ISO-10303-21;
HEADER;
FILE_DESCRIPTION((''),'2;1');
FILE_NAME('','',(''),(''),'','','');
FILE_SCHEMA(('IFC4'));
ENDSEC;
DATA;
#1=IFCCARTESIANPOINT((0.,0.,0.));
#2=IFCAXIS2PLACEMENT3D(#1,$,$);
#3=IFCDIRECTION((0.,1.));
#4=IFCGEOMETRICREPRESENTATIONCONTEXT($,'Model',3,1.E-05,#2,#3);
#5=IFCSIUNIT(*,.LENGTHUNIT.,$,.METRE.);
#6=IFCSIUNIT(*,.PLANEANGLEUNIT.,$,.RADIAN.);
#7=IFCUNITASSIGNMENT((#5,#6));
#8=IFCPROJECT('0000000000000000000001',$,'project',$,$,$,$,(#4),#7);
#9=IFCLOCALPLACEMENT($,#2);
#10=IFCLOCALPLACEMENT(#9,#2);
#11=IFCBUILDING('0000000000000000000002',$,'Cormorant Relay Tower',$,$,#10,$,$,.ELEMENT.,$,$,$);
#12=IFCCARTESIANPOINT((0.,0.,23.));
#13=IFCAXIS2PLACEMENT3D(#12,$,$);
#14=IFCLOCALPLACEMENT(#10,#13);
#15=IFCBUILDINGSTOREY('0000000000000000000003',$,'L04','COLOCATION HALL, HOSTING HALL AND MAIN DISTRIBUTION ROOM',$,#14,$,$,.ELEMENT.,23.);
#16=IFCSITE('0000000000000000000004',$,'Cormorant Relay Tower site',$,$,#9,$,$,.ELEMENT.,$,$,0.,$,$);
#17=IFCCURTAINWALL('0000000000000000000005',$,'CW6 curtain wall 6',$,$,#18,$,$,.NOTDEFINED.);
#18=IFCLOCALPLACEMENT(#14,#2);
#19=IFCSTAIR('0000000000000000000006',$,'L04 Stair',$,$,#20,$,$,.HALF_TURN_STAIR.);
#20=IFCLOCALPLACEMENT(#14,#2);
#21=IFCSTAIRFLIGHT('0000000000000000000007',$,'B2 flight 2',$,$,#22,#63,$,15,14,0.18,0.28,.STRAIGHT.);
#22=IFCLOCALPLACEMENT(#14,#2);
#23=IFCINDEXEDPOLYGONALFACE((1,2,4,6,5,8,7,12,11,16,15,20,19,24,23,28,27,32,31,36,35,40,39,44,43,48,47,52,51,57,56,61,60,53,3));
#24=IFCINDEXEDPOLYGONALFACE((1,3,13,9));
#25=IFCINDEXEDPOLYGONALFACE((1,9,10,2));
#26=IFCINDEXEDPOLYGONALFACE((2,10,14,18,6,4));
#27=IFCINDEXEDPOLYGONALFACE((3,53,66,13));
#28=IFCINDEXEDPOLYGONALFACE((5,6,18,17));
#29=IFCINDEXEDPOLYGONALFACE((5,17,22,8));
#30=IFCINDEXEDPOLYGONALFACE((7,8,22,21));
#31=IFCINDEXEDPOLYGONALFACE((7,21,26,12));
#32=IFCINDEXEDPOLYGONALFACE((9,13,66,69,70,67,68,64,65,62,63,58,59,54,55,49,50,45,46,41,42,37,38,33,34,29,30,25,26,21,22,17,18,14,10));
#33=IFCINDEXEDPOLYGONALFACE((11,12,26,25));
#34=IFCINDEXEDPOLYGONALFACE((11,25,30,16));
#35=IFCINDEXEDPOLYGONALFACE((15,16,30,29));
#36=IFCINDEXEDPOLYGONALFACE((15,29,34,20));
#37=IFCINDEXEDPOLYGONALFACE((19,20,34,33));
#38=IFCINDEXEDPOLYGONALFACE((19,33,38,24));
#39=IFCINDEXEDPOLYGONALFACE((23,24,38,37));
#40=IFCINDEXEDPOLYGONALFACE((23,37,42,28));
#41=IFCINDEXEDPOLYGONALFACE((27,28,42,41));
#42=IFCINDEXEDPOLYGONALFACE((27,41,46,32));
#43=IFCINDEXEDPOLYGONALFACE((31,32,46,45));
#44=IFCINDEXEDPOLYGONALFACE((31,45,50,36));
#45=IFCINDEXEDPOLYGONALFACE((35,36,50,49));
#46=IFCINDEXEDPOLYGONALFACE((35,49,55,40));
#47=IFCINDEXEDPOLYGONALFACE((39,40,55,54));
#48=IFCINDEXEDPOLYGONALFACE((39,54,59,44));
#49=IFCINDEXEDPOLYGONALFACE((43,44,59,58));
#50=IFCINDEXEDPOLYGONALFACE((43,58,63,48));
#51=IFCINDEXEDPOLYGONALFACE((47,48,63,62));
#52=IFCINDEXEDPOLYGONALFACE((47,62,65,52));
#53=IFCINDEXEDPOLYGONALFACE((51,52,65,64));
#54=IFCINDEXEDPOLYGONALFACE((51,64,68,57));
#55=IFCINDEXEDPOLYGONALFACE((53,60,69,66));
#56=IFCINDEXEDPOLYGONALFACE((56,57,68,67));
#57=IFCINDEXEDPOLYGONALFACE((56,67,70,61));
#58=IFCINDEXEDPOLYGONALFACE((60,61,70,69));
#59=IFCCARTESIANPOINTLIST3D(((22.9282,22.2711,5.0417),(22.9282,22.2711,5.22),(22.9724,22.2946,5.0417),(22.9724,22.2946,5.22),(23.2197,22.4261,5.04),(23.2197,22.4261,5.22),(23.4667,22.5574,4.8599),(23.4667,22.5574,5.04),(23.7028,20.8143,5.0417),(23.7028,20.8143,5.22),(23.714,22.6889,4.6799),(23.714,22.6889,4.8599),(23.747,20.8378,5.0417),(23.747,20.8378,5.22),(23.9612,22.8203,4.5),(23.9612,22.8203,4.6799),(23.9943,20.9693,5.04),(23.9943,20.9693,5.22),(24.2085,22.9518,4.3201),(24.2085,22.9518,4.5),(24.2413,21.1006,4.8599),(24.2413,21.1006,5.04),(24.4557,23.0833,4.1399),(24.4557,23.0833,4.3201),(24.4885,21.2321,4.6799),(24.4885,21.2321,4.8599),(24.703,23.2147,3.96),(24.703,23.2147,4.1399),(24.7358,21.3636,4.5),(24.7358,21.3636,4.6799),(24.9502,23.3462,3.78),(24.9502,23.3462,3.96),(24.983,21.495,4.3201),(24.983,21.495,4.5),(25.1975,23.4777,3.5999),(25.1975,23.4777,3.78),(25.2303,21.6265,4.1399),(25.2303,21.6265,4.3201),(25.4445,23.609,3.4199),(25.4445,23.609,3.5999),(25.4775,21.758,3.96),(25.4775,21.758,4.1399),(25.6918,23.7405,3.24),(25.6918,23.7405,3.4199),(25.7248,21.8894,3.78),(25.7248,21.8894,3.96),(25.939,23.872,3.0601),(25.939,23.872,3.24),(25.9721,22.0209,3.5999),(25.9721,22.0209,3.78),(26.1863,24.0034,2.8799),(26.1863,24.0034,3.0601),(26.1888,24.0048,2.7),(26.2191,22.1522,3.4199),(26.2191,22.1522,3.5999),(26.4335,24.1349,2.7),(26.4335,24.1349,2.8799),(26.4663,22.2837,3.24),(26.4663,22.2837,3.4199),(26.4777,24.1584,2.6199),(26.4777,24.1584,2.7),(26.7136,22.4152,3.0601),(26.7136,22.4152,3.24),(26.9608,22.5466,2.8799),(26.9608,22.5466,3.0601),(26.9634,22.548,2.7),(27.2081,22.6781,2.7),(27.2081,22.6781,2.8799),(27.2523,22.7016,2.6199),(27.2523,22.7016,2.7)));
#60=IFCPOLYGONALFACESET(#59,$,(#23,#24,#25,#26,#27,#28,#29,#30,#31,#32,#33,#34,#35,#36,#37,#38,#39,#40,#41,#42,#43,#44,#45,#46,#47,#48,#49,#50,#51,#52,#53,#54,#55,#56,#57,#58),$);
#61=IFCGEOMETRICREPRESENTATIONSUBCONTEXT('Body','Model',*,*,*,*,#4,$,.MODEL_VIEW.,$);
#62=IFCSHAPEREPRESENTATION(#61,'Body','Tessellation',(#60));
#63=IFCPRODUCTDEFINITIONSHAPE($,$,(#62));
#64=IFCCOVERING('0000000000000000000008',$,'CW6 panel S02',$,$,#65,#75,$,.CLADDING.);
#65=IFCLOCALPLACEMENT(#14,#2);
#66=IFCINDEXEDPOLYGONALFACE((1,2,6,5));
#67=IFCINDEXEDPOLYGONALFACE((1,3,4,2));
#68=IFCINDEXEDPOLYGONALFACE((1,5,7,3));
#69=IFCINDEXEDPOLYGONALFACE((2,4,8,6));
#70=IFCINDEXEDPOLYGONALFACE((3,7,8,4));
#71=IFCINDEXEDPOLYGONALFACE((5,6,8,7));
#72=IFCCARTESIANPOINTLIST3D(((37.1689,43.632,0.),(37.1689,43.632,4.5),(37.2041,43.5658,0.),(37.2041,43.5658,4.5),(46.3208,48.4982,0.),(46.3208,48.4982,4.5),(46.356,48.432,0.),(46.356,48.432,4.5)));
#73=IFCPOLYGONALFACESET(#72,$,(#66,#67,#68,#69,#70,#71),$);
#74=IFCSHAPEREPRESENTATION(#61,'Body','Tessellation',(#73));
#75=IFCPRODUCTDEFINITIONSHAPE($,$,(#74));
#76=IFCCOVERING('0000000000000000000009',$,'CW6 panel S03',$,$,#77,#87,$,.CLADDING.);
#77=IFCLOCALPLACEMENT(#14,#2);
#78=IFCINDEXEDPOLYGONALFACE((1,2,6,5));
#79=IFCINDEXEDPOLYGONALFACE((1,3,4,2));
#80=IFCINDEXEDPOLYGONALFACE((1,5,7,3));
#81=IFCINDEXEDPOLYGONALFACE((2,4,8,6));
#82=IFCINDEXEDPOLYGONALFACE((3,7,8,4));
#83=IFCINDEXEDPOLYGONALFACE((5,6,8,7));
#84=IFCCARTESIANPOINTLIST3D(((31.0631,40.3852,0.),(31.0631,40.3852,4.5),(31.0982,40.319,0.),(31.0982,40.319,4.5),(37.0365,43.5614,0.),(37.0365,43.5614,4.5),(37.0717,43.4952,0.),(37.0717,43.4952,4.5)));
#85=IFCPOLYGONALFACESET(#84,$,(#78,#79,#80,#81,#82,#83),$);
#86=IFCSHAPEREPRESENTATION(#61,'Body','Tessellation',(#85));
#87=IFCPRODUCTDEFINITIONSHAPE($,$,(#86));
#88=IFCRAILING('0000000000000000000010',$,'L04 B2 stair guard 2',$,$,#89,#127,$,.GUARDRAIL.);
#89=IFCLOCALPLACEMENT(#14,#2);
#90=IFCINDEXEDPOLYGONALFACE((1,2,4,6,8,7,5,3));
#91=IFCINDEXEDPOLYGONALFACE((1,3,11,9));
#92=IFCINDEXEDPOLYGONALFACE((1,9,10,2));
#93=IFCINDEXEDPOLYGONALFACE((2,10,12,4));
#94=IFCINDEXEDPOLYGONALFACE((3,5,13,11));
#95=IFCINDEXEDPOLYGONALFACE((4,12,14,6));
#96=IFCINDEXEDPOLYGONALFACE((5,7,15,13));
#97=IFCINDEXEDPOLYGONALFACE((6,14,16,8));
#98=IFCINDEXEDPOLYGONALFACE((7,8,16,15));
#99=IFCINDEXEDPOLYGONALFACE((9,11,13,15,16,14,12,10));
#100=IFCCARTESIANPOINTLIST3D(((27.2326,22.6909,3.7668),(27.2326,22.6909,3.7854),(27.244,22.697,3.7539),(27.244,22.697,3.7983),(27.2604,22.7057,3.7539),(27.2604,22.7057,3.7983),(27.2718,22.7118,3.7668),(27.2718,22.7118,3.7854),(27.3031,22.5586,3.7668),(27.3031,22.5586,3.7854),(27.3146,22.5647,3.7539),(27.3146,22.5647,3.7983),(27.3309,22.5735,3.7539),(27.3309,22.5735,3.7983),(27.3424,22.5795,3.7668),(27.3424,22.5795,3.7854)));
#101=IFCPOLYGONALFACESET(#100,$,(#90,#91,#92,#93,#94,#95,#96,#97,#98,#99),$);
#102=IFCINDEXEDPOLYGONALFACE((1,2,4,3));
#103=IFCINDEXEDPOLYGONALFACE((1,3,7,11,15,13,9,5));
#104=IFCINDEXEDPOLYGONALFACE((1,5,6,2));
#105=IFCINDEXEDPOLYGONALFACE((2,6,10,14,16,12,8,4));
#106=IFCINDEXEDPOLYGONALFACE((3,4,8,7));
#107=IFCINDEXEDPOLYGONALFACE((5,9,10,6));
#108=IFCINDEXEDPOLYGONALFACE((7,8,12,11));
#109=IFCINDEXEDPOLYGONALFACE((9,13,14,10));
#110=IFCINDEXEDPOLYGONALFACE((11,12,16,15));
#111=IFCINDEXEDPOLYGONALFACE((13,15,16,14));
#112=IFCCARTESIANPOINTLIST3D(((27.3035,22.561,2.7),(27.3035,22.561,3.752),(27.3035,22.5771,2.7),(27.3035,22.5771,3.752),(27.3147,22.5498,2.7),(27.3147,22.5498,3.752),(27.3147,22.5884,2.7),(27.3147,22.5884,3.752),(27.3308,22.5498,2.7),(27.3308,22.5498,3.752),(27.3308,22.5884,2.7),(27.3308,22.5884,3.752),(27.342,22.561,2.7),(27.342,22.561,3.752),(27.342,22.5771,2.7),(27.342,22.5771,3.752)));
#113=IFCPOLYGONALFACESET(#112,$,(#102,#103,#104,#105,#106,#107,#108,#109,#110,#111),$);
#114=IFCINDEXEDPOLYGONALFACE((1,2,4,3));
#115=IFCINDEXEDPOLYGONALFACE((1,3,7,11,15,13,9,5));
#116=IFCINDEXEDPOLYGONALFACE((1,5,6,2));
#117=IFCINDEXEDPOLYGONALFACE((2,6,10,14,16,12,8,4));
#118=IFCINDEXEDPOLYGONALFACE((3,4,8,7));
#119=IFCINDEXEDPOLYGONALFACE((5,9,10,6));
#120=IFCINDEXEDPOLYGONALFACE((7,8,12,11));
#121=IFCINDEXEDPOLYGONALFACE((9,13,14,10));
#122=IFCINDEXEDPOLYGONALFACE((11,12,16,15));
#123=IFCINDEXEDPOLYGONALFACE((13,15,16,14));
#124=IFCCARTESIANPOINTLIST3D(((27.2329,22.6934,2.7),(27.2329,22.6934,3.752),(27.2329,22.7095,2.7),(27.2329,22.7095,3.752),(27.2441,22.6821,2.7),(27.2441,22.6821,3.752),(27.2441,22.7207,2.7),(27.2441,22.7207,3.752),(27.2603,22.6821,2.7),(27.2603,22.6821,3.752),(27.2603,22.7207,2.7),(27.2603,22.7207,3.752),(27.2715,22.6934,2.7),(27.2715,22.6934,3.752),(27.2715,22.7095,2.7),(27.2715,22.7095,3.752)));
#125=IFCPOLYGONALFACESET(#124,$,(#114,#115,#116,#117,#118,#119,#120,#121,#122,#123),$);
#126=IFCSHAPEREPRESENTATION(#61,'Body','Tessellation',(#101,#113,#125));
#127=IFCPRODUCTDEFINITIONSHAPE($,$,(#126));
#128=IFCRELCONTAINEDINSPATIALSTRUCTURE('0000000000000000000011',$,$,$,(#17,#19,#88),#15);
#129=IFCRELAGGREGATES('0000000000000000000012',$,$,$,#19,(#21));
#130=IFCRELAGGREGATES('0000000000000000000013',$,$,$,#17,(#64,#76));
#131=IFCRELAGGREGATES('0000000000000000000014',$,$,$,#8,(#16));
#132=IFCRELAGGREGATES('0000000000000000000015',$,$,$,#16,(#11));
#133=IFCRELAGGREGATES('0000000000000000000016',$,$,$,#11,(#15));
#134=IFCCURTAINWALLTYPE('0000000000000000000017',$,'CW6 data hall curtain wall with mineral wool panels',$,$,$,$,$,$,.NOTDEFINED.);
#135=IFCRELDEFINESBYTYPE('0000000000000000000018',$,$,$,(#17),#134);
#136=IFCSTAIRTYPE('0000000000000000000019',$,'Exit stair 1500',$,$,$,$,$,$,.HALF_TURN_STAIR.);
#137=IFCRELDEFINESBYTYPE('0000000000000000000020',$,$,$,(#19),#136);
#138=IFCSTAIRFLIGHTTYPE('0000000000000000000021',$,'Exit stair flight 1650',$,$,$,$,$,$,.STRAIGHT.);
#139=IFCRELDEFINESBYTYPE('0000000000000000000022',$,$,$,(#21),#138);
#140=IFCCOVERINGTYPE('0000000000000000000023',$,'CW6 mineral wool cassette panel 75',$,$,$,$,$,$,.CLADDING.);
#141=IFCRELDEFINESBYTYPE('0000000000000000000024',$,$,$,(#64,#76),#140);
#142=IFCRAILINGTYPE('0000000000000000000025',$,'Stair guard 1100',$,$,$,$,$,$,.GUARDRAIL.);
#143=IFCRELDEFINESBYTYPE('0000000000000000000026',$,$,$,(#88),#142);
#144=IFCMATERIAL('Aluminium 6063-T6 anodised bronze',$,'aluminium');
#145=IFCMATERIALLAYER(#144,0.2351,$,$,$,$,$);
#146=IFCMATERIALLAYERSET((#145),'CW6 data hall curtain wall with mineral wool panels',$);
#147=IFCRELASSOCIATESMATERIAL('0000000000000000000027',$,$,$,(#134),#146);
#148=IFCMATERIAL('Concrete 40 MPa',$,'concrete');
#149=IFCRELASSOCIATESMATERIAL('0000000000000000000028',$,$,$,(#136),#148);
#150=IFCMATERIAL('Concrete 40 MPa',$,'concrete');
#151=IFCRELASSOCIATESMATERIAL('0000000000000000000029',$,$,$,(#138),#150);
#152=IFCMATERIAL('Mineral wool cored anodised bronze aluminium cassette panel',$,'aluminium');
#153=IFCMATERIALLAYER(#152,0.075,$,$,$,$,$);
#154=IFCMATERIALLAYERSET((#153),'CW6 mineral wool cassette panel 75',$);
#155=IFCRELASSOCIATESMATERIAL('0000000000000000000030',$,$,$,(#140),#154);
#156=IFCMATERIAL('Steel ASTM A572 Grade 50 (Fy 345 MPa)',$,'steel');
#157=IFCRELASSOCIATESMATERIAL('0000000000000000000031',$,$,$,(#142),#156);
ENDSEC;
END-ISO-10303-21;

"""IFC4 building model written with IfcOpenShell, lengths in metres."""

from ifc_helpers import new_model, si_unit, direction, frame, origin, origin_2d, place, context, subcontext, project, spatial, polyline, rectangle, outline, extrude, material, layer, layer_set, type_object, element, aggregate, save


model = new_model("IFC4")

# Units and contexts
model_context = context("Model", 3, precision=1e-05, world=origin(), true_north=direction((0.0, 1.0)))
body_context = subcontext(model_context, "Body", "Model", "MODEL_VIEW")
ifc_project = project(units=[si_unit("LENGTHUNIT", "METRE"), si_unit("PLANEANGLEUNIT", "RADIAN")], contexts=[model_context])

# Site, building, storey
site_placement = place(None, origin())
site = spatial("IfcSite", under=ifc_project, at=site_placement, Name="Cormorant Relay Tower site", CompositionType="ELEMENT", RefElevation=0.0)
building_placement = place(site_placement, origin())
building = spatial("IfcBuilding", under=site, at=building_placement, Name="Cormorant Relay Tower", CompositionType="ELEMENT")
storey_placement = place(building_placement, frame((0.0, 0.0, 23.0)))
storey = spatial("IfcBuildingStorey", under=building, at=storey_placement, Name="L04", Description="COLOCATION HALL, HOSTING HALL AND MAIN DISTRIBUTION ROOM", CompositionType="ELEMENT", Elevation=23.0)

# Curtain wall
ifc_material_1 = material(Name="Aluminium 6063-T6 anodised bronze", Category="aluminium")
ifc_layer_1 = layer(ifc_material_1, 0.2351)
ifc_layer_set_1 = layer_set([ifc_layer_1], Name="CW6 data hall curtain wall with mineral wool panels")
curtain_wall_type = type_object("IfcCurtainWallType", Name="CW6 data hall curtain wall with mineral wool panels", PredefinedType="NOTDEFINED", material=ifc_layer_set_1)
curtain_wall_placement = place(storey_placement, origin())
curtain_wall = element("IfcCurtainWall", 1, at=curtain_wall_placement, inside=storey, type_object=curtain_wall_type, Name="CW6 curtain wall 6", PredefinedType="NOTDEFINED")

# Stair, stair flight
ifc_material_2 = material(Name="Concrete 40 MPa", Category="concrete")
stair_type = type_object("IfcStairType", Name="Exit stair 1500", PredefinedType="HALF_TURN_STAIR", material=ifc_material_2)
stair_placement = place(storey_placement, origin())
stair = element("IfcStair", 2, at=stair_placement, inside=storey, type_object=stair_type, Name="L04 Stair", PredefinedType="HALF_TURN_STAIR")
ifc_material_3 = material(Name="Concrete 40 MPa", Category="concrete")
stair_flight_type = type_object("IfcStairFlightType", Name="Exit stair flight 1650", PredefinedType="STRAIGHT", material=ifc_material_3)
stair_flight_placement = place(storey_placement, frame((26.8208, 23.4065, 2.7), z_axis=(0.0, 0.0, 1.0), x_axis=(-0.882948, -0.469472, 0.0)))
stair_flight = element("IfcStairFlight", 3, at=stair_flight_placement, type_object=stair_flight_type, Name="B2 flight 2", NumberOfRisers=15, NumberOfTreads=14, PredefinedType="STRAIGHT", RiserHeight=0.18, TreadLength=0.28, context=body_context, shape_type="SweptSolid", body=[
    extrude(outline(polyline([(-0.05, -0.0801), (-0.05, 0.0), (0.0, 0.0), (0.0, 0.1799), (0.28, 0.1799), (0.28, 0.3601), (0.5601, 0.3601), (0.5601, 0.54), (0.8401, 0.54), (0.8401, 0.72), (1.1201, 0.72), (1.1201, 0.8999), (1.3999, 0.8999), (1.3999, 1.0801), (1.6799, 1.0801), (1.6799, 1.26), (1.96, 1.26), (1.96, 1.4399), (2.24, 1.4399), (2.24, 1.6201), (2.52, 1.6201), (2.52, 1.8), (2.8, 1.8), (2.8, 1.98), (3.0801, 1.98), (3.0801, 2.1599), (3.3601, 2.1599), (3.3601, 2.3401), (3.6399, 2.3401), (3.6399, 2.52), (3.9199, 2.52), (3.97, 2.52), (3.97, 2.3418), (3.9199, 2.3418), (0.2771, 0.0), (-0.05, -0.0801)])), frame((0.0, 0.825, 0.0), z_axis=(0.0, -1.0, 0.0), x_axis=(1.0, 0.0, 0.0)), (0.0, 0.0, 1.0), 1.6499),
])
aggregate(stair, [stair_flight])

# Coverings
ifc_material_4 = material(Name="Mineral wool cored anodised bronze aluminium cassette panel", Category="aluminium")
ifc_layer_2 = layer(ifc_material_4, 0.075)
ifc_layer_set_2 = layer_set([ifc_layer_2], Name="CW6 mineral wool cassette panel 75")
covering_type = type_object("IfcCoveringType", Name="CW6 mineral wool cassette panel 75", PredefinedType="CLADDING", material=ifc_layer_set_2)
covering_1_placement = place(storey_placement, frame((41.7625, 46.032, 0.0), z_axis=(0.0, 0.0, 1.0), x_axis=(-0.882948, -0.469472, 0.0)))
covering_1 = element("IfcCovering", 4, at=covering_1_placement, type_object=covering_type, Name="CW6 panel S02", PredefinedType="CLADDING", context=body_context, shape_type="SweptSolid", body=[
    extrude(rectangle(XDim=10.3652, YDim=0.075, at=origin_2d()), origin(), (0.0, 0.0, 1.0), 4.5),
])
covering_2_placement = place(storey_placement, frame((34.0674, 41.9402, 0.0), z_axis=(0.0, 0.0, 1.0), x_axis=(-0.882948, -0.469472, 0.0)))
covering_2 = element("IfcCovering", 5, at=covering_2_placement, type_object=covering_type, Name="CW6 panel S03", PredefinedType="CLADDING", context=body_context, shape_type="SweptSolid", body=[
    extrude(rectangle(XDim=6.7654, YDim=0.075, at=origin_2d()), origin(), (0.0, 0.0, 1.0), 4.5),
])
aggregate(curtain_wall, [covering_1, covering_2])

# Railing
ifc_material_5 = material(Name="Steel ASTM A572 Grade 50 (Fy 345 MPa)", Category="steel")
railing_type_1 = type_object("IfcRailingType", Name="Stair guard 1100", PredefinedType="GUARDRAIL", material=ifc_material_5)
railing_1_placement = place(storey_placement, frame((27.3228, 22.5691, 2.7)))
element("IfcRailing", 6, at=railing_1_placement, inside=storey, type_object=railing_type_1, Name="L04 B2 stair guard 2", PredefinedType="GUARDRAIL", context=body_context, shape_type="SweptSolid", body=[
    extrude(outline(polyline([(0.0222, 0.0093), (0.0093, 0.0222), (-0.0093, 0.0222), (-0.0222, 0.0093), (-0.0222, -0.0093), (-0.0093, -0.0222), (0.0093, -0.0222), (0.0222, -0.0093), (0.0222, 0.0093)])), frame((0.0, 0.0, 1.0762), z_axis=(-0.470504, 0.882398, 0.0), x_axis=(-0.882398, -0.470504, 0.0)), (0.0, 0.0, 1.0), 0.1499),
    extrude(outline(polyline([(0.0193, 0.0081), (0.0081, 0.0193), (-0.0081, 0.0193), (-0.0193, 0.0081), (-0.0193, -0.0081), (-0.0081, -0.0193), (0.0081, -0.0193), (0.0193, -0.0081), (0.0193, 0.0081)])), origin(), (0.0, 0.0, 1.0), 1.052),
    extrude(outline(polyline([(0.0193, 0.0081), (0.0081, 0.0193), (-0.0081, 0.0193), (-0.0193, 0.0081), (-0.0193, -0.0081), (-0.0081, -0.0193), (0.0081, -0.0193), (0.0193, -0.0081), (0.0193, 0.0081)])), frame((-0.0706, 0.1323, 0.0)), (0.0, 0.0, 1.0), 1.052),
])

save(model, "model.ifc")
